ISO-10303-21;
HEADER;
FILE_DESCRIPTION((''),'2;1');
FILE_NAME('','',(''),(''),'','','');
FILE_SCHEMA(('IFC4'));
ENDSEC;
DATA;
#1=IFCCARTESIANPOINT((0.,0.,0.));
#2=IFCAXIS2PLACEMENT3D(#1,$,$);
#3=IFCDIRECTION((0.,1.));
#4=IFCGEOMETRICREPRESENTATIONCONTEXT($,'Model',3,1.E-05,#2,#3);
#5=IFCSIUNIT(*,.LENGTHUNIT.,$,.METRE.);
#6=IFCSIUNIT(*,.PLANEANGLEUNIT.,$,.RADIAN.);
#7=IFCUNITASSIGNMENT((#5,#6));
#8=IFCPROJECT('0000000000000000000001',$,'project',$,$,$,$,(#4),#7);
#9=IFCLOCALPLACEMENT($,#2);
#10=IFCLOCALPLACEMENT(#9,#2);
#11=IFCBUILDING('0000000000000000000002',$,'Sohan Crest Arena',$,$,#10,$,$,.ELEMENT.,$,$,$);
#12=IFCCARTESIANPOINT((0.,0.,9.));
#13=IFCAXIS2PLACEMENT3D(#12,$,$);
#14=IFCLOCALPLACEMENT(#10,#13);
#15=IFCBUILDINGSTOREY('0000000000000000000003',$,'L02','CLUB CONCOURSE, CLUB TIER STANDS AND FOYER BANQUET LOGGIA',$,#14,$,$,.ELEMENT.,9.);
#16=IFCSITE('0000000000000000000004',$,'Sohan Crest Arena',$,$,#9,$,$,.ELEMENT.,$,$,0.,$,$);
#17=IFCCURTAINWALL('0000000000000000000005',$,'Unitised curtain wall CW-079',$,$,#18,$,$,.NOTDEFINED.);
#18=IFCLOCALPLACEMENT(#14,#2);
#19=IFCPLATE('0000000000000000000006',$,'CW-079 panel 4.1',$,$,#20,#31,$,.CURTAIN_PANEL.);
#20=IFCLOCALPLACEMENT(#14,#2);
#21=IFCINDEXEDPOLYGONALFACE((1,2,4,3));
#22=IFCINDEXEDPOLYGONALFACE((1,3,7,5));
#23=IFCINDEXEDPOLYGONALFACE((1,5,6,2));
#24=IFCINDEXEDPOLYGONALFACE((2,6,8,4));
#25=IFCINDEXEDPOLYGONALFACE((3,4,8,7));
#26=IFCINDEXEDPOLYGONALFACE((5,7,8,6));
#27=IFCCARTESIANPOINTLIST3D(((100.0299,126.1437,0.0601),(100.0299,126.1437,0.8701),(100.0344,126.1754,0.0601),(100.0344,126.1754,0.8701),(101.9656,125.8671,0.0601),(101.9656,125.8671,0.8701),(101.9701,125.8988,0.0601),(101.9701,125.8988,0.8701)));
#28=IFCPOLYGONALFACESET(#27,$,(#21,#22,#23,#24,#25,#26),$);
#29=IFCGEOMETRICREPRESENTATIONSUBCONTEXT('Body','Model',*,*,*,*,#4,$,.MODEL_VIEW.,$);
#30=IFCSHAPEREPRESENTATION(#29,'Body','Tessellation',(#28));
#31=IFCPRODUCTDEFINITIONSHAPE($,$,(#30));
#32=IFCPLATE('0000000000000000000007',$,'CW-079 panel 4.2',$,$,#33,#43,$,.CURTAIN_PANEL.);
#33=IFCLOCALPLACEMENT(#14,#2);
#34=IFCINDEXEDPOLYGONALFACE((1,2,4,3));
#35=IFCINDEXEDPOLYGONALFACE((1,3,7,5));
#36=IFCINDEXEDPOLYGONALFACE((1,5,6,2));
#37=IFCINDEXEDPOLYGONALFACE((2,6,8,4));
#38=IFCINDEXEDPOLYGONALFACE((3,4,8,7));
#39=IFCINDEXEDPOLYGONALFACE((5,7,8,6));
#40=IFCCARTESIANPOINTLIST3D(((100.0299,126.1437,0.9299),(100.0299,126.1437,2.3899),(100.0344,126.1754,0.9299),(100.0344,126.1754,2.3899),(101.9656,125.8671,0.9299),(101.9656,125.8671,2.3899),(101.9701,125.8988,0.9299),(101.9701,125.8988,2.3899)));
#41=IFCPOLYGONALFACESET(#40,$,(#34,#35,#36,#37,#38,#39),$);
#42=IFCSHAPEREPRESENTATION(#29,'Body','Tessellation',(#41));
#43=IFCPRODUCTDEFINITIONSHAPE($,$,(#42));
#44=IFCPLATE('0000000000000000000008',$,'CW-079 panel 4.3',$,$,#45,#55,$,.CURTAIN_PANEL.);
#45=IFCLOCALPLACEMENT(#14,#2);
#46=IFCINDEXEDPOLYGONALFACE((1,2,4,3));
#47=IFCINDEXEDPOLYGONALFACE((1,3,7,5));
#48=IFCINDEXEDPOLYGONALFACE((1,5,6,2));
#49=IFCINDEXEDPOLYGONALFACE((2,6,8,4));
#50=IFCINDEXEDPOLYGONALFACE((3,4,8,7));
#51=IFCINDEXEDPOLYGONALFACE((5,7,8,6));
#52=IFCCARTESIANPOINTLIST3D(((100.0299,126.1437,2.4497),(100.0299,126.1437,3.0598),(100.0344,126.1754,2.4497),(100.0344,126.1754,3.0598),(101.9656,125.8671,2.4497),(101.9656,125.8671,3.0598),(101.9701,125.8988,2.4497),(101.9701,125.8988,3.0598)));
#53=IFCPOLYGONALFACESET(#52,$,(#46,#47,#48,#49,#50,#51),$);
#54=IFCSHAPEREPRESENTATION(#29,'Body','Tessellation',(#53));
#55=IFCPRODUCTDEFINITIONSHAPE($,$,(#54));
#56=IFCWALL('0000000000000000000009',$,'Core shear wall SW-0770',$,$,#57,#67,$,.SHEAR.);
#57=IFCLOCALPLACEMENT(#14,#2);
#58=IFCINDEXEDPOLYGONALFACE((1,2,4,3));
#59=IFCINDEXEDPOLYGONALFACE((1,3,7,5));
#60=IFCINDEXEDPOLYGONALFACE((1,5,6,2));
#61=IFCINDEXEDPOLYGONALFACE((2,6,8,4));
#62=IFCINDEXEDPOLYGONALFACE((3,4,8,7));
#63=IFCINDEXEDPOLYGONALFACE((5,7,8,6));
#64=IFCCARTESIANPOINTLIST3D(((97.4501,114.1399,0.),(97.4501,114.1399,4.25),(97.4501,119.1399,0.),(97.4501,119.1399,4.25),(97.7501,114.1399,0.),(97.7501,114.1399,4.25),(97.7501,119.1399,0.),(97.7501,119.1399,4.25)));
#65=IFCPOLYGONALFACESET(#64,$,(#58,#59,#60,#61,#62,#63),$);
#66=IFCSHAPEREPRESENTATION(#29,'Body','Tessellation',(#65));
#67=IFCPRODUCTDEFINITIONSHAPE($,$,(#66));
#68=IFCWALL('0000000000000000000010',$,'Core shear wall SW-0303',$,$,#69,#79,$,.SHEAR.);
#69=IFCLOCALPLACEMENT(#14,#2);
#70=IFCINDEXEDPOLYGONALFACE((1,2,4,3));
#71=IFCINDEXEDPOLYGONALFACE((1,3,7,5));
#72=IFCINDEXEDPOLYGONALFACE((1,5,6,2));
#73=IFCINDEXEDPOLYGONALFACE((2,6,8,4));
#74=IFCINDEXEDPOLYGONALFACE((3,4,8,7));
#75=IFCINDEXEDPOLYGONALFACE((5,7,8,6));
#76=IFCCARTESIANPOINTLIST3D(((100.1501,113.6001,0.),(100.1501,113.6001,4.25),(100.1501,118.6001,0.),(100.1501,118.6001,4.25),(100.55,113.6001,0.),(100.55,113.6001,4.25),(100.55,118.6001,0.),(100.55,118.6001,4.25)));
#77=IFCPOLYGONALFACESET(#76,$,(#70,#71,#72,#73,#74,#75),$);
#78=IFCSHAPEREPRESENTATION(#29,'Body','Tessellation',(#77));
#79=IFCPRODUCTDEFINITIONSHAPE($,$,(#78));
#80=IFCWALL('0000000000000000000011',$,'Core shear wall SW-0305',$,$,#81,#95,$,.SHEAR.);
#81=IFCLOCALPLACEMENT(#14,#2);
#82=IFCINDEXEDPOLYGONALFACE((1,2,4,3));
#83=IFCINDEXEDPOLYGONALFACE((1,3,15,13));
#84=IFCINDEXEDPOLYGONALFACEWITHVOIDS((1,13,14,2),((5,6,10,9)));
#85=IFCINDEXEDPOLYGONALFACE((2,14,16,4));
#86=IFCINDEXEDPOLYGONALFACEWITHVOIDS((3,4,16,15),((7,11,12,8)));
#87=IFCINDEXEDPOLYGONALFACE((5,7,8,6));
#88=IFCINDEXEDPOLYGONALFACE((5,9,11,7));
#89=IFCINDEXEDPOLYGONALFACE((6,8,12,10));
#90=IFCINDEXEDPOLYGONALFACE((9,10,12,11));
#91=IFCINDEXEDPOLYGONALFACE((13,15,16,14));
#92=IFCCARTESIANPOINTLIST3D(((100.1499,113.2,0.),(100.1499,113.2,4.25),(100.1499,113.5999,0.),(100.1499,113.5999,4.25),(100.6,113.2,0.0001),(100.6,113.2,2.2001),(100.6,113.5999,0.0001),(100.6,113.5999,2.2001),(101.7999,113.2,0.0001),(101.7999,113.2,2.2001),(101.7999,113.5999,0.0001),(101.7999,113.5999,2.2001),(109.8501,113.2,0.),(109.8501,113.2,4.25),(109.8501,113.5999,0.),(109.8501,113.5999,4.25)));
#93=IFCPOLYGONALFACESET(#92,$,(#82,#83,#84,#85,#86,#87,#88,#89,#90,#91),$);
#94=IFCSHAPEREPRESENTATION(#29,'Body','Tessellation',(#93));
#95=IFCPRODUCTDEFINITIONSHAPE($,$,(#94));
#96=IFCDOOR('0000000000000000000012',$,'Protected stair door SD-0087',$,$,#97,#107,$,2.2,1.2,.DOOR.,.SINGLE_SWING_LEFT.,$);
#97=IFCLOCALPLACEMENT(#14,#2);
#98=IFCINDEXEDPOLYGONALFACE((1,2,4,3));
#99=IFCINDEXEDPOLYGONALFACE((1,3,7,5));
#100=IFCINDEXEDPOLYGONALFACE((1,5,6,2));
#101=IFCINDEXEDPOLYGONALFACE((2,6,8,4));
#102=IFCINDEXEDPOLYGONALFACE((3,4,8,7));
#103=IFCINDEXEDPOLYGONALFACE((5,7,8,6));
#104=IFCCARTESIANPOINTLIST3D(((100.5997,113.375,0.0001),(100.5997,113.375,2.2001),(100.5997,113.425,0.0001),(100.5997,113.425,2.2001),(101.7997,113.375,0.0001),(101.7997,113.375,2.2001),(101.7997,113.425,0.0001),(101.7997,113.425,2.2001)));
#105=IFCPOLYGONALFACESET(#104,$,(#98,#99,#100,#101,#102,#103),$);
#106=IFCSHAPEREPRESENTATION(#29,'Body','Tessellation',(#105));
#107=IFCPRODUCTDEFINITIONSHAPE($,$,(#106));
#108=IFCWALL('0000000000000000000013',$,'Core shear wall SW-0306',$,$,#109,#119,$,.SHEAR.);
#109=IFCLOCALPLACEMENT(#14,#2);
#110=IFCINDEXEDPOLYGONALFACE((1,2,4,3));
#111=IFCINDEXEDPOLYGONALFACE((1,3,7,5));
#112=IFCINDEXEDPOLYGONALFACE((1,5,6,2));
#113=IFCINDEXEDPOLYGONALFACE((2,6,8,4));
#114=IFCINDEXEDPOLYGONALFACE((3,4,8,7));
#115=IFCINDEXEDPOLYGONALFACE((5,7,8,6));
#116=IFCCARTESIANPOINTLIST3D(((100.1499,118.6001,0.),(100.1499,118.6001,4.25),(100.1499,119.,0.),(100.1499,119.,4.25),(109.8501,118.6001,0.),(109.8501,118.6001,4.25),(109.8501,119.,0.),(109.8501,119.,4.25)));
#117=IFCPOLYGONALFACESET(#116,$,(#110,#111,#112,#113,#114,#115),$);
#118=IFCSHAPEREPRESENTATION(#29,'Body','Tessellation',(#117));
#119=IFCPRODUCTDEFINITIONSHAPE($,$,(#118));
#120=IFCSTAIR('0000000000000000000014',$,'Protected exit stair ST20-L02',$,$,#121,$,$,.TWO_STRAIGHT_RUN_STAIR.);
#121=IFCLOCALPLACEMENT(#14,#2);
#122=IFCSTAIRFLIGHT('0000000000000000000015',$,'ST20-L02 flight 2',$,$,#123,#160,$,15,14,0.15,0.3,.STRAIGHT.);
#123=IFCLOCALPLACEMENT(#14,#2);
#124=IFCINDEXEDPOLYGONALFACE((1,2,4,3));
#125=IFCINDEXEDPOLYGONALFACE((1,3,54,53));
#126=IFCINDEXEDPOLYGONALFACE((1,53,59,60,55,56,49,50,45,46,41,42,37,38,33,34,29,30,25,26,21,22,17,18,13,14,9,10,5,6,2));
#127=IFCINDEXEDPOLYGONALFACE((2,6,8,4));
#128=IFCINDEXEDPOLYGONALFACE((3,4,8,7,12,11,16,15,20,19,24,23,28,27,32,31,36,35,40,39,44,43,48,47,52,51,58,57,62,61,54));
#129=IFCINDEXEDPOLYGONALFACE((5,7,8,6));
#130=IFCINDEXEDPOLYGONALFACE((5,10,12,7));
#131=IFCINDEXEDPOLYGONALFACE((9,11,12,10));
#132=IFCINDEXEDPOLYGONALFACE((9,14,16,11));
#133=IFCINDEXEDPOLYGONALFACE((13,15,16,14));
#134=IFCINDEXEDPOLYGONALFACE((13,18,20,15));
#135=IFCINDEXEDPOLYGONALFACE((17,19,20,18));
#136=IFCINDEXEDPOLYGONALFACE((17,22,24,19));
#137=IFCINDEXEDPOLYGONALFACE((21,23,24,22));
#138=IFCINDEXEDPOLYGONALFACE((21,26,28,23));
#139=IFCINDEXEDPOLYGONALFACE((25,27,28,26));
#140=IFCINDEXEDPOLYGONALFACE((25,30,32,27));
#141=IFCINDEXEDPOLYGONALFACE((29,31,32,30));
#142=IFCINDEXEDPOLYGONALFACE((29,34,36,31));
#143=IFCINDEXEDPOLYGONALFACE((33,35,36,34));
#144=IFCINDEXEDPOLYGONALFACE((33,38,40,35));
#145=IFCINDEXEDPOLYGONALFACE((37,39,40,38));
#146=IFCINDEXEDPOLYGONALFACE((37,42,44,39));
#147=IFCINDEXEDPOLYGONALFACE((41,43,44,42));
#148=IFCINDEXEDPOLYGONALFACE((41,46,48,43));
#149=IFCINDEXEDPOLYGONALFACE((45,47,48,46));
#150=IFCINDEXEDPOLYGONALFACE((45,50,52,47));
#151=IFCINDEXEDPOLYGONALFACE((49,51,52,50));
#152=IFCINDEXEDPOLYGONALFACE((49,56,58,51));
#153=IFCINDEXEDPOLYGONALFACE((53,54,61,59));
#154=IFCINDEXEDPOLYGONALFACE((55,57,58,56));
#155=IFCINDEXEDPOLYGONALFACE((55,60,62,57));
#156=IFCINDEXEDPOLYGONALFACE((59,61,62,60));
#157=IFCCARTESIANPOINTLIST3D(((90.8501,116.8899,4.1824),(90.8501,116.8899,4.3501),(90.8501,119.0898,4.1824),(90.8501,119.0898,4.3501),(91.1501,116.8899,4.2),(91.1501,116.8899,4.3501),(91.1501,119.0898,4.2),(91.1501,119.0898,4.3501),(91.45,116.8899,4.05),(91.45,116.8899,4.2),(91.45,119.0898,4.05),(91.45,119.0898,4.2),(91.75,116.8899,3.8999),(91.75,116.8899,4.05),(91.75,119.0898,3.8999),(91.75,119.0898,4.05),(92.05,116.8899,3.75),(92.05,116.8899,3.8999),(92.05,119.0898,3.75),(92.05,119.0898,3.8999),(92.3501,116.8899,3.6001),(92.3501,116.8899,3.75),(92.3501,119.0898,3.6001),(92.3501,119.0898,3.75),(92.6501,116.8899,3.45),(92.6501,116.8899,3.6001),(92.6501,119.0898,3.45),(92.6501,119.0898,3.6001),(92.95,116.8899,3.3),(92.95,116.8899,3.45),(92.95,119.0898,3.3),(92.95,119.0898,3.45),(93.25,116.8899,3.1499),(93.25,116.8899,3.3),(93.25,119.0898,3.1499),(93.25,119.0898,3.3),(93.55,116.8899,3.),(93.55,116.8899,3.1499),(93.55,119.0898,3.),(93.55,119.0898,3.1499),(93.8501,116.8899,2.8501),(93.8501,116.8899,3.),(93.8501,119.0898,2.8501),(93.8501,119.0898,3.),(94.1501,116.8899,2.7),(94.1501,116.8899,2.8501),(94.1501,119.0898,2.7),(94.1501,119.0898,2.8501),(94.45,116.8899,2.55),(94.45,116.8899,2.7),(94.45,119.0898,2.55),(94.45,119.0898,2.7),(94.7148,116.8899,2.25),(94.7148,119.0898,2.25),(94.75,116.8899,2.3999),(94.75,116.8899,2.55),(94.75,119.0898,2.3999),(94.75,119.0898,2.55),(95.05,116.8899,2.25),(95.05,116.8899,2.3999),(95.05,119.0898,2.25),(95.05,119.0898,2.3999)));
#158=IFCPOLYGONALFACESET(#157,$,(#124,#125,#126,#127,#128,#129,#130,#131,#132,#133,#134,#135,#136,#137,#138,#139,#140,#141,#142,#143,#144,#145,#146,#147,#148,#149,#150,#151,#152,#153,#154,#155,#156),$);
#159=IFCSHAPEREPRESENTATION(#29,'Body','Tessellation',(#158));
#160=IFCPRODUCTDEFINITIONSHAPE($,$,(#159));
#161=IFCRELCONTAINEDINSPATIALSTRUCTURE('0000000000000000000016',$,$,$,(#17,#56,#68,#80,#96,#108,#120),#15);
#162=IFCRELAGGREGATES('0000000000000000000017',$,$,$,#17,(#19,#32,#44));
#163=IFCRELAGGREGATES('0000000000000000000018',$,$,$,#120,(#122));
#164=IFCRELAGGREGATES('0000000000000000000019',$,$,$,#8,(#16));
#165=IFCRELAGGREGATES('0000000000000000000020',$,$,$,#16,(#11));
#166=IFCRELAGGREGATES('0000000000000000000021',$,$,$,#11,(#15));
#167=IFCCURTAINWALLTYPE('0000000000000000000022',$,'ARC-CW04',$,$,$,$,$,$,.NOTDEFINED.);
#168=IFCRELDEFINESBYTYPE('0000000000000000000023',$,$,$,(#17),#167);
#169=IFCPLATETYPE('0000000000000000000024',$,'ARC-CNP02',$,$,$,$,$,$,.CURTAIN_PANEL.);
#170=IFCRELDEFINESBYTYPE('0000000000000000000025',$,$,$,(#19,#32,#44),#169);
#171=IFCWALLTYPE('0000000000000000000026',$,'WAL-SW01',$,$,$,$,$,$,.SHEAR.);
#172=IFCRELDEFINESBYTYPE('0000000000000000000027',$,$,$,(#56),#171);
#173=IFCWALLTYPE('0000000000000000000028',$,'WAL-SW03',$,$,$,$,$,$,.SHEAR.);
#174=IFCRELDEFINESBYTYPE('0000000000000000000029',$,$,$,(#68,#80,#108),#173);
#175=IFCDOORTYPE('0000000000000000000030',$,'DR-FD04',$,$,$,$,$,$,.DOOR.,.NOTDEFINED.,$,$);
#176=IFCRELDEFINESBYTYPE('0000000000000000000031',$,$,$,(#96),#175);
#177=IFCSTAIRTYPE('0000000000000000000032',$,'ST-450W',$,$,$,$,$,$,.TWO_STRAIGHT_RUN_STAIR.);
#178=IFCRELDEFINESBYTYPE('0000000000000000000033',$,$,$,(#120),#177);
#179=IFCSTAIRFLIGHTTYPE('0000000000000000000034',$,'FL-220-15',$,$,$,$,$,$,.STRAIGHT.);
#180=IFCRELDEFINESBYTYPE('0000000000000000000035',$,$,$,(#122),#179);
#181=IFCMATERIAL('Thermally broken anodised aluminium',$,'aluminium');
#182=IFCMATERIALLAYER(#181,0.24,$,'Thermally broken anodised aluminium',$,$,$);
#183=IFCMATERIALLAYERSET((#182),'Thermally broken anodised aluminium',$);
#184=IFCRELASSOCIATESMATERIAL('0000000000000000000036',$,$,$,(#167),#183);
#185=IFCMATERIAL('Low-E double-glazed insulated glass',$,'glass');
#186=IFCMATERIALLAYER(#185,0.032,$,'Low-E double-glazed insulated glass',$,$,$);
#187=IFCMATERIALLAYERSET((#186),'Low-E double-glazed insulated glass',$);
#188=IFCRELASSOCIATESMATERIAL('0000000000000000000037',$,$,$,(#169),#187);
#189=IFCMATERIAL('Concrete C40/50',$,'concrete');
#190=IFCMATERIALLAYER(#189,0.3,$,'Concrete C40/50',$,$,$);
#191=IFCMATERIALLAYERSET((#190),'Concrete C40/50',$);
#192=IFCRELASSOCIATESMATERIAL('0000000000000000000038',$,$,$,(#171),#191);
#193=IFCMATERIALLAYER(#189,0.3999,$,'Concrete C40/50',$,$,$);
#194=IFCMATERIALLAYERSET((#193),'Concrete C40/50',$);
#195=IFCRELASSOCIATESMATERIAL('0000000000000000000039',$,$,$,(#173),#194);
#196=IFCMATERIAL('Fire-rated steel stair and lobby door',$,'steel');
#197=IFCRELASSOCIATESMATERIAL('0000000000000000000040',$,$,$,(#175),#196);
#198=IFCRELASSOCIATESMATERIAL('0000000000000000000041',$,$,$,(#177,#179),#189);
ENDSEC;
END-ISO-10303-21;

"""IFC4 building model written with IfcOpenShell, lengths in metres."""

from ifc_helpers import new_model, si_unit, direction, frame, frame_2d, origin, origin_2d, place, context, subcontext, project, spatial, polyline, rectangle, outline, extrude, material, layer, layer_set, type_object, element, fill, aggregate, save


model = new_model("IFC4")

# Units and contexts
model_context = context("Model", 3, precision=1e-05, world=origin(), true_north=direction((0.0, 1.0)))
body_context = subcontext(model_context, "Body", "Model", "MODEL_VIEW")
ifc_project = project(units=[si_unit("LENGTHUNIT", "METRE"), si_unit("PLANEANGLEUNIT", "RADIAN")], contexts=[model_context])

# Site, building, storey
site_placement = place(None, origin())
site = spatial("IfcSite", under=ifc_project, at=site_placement, Name="Sohan Crest Arena", CompositionType="ELEMENT", RefElevation=0.0)
building_placement = place(site_placement, origin())
building = spatial("IfcBuilding", under=site, at=building_placement, Name="Sohan Crest Arena", CompositionType="ELEMENT")
storey_placement = place(building_placement, frame((0.0, 0.0, 9.0)))
storey = spatial("IfcBuildingStorey", under=building, at=storey_placement, Name="L02", Description="CLUB CONCOURSE, CLUB TIER STANDS AND FOYER BANQUET LOGGIA", CompositionType="ELEMENT", Elevation=9.0)

# Shared definitions
ifc_material_1 = material(Name="Thermally broken anodised aluminium", Category="aluminium")

# Shared definitions
ifc_material_2 = material(Name="Low-E double-glazed insulated glass", Category="glass")

# Curtain wall, plates
ifc_layer_1 = layer(ifc_material_1, 0.24, Name="Thermally broken anodised aluminium")
ifc_layer_set_1 = layer_set([ifc_layer_1], Name="Thermally broken anodised aluminium")
curtain_wall_type_1 = type_object("IfcCurtainWallType", Name="ARC-CW04", PredefinedType="NOTDEFINED", material=ifc_layer_set_1)
curtain_wall_1_placement = place(storey_placement, origin())
curtain_wall_1 = element("IfcCurtainWall", 1, at=curtain_wall_1_placement, inside=storey, type_object=curtain_wall_type_1, Name="Unitised curtain wall CW-079", PredefinedType="NOTDEFINED")
ifc_layer_2 = layer(ifc_material_2, 0.032, Name="Low-E double-glazed insulated glass")
ifc_layer_set_2 = layer_set([ifc_layer_2], Name="Low-E double-glazed insulated glass")
plate_type_1 = type_object("IfcPlateType", Name="ARC-CNP02", PredefinedType="CURTAIN_PANEL", material=ifc_layer_set_2)
plate_1_placement = place(storey_placement, frame((101.0, 126.0212, 0.0601), z_axis=(0.0, 0.0, 1.0), x_axis=(-0.989944, 0.141463, 0.0)))
plate_1 = element("IfcPlate", 2, at=plate_1_placement, type_object=plate_type_1, Name="CW-079 panel 4.1", PredefinedType="CURTAIN_PANEL", context=body_context, shape_type="SweptSolid", body=[
    extrude(rectangle(XDim=1.9553, YDim=0.032, at=origin_2d()), origin(), (0.0, 0.0, 1.0), 0.8101),
])
plate_2_placement = place(storey_placement, frame((101.0, 126.0212, 0.9299), z_axis=(0.0, 0.0, 1.0), x_axis=(-0.989944, 0.141463, 0.0)))
plate_2 = element("IfcPlate", 3, at=plate_2_placement, type_object=plate_type_1, Name="CW-079 panel 4.2", PredefinedType="CURTAIN_PANEL", context=body_context, shape_type="SweptSolid", body=[
    extrude(rectangle(XDim=1.9553, YDim=0.032, at=origin_2d()), origin(), (0.0, 0.0, 1.0), 1.46),
])
plate_3_placement = place(storey_placement, frame((101.0, 126.0212, 2.4497), z_axis=(0.0, 0.0, 1.0), x_axis=(-0.989944, 0.141463, 0.0)))
plate_3 = element("IfcPlate", 4, at=plate_3_placement, type_object=plate_type_1, Name="CW-079 panel 4.3", PredefinedType="CURTAIN_PANEL", context=body_context, shape_type="SweptSolid", body=[
    extrude(rectangle(XDim=1.9553, YDim=0.032, at=origin_2d()), origin(), (0.0, 0.0, 1.0), 0.6101),
])
aggregate(curtain_wall_1, [plate_1, plate_2, plate_3])

# Walls
ifc_material_3 = material(Name="Concrete C40/50", Category="concrete")
ifc_layer_3 = layer(ifc_material_3, 0.3, Name="Concrete C40/50")
ifc_layer_set_3 = layer_set([ifc_layer_3], Name="Concrete C40/50")
wall_type_1 = type_object("IfcWallType", Name="WAL-SW01", PredefinedType="SHEAR", material=ifc_layer_set_3)
wall_1_placement = place(storey_placement, frame((97.6001, 114.1399, 0.0), z_axis=(0.0, 0.0, 1.0), x_axis=(0.0, 1.0, 0.0)))
element("IfcWall", 5, at=wall_1_placement, inside=storey, type_object=wall_type_1, Name="Core shear wall SW-0770", PredefinedType="SHEAR", context=body_context, shape_type="SweptSolid", body=[
    extrude(rectangle(XDim=5.0, YDim=0.3, at=frame_2d((2.5, 0.0))), origin(), (0.0, 0.0, 1.0), 4.25),
])
ifc_layer_4 = layer(ifc_material_3, 0.3999, Name="Concrete C40/50")
ifc_layer_set_4 = layer_set([ifc_layer_4], Name="Concrete C40/50")
wall_type_2 = type_object("IfcWallType", Name="WAL-SW03", PredefinedType="SHEAR", material=ifc_layer_set_4)
wall_2_placement = place(storey_placement, frame((100.3501, 113.6001, 0.0), z_axis=(0.0, 0.0, 1.0), x_axis=(0.0, 1.0, 0.0)))
element("IfcWall", 6, at=wall_2_placement, inside=storey, type_object=wall_type_2, Name="Core shear wall SW-0303", PredefinedType="SHEAR", context=body_context, shape_type="SweptSolid", body=[
    extrude(rectangle(XDim=5.0, YDim=0.3999, at=frame_2d((2.5, 0.0))), origin(), (0.0, 0.0, 1.0), 4.25),
])

# Wall, opening, door
wall_3_placement = place(storey_placement, frame((100.1499, 113.3999, 0.0), z_axis=(0.0, 0.0, 1.0), x_axis=(1.0, 0.0, 0.0)))
wall_3 = element("IfcWall", 7, at=wall_3_placement, inside=storey, type_object=wall_type_2, Name="Core shear wall SW-0305", PredefinedType="SHEAR", context=body_context, shape_type="SweptSolid", body=[
    extrude(rectangle(XDim=9.7002, YDim=0.3999, at=frame_2d((4.8501, 0.0))), origin(), (0.0, 0.0, 1.0), 4.25),
])
opening_placement = place(wall_3_placement, frame((0.45, 0.0, 0.0)))
opening = element("IfcOpeningElement", 8, at=opening_placement, cuts=wall_3, PredefinedType="OPENING", context=body_context, shape_type="SweptSolid", body=[
    extrude(rectangle(XDim=1.2, YDim=2.2, at=frame_2d((0.6001, 1.1001))), frame((0.0, 0.21, 0.0), z_axis=(0.0, -1.0, 0.0), x_axis=(1.0, 0.0, 0.0)), (0.0, 0.0, 1.0), 0.4199),
])
ifc_material_4 = material(Name="Fire-rated steel stair and lobby door", Category="steel")
door_type = type_object("IfcDoorType", Name="DR-FD04", OperationType="NOTDEFINED", PredefinedType="DOOR", material=ifc_material_4)
door_placement = place(opening_placement, frame((1.2, 0.0, 0.0), z_axis=(0.0, 0.0, 1.0), x_axis=(-1.0, 0.0, 0.0)))
door = element("IfcDoor", 9, at=door_placement, inside=storey, type_object=door_type, Name="Protected stair door SD-0087", OperationType="SINGLE_SWING_LEFT", OverallHeight=2.2, OverallWidth=1.2, PredefinedType="DOOR", context=body_context, shape_type="SweptSolid", body=[
    extrude(rectangle(XDim=1.2, YDim=2.2, at=frame_2d((0.6001, 1.1001))), frame((0.0, 0.0249, 0.0), z_axis=(0.0, -1.0, 0.0), x_axis=(1.0, 0.0, 0.0)), (0.0, 0.0, 1.0), 0.05),
])
fill(opening, door)

# Wall
wall_4_placement = place(storey_placement, frame((100.1499, 118.8, 0.0), z_axis=(0.0, 0.0, 1.0), x_axis=(1.0, 0.0, 0.0)))
element("IfcWall", 10, at=wall_4_placement, inside=storey, type_object=wall_type_2, Name="Core shear wall SW-0306", PredefinedType="SHEAR", context=body_context, shape_type="SweptSolid", body=[
    extrude(rectangle(XDim=9.7002, YDim=0.3999, at=frame_2d((4.8501, 0.0))), origin(), (0.0, 0.0, 1.0), 4.25),
])

# Stair, stair flight
stair_type = type_object("IfcStairType", Name="ST-450W", PredefinedType="TWO_STRAIGHT_RUN_STAIR", material=ifc_material_3)
stair_placement = place(storey_placement, origin())
stair = element("IfcStair", 11, at=stair_placement, inside=storey, type_object=stair_type, Name="Protected exit stair ST20-L02", PredefinedType="TWO_STRAIGHT_RUN_STAIR")
stair_flight_type = type_object("IfcStairFlightType", Name="FL-220-15", PredefinedType="STRAIGHT", material=ifc_material_3)
stair_flight_placement = place(storey_placement, frame((95.05, 117.99, 2.25), z_axis=(0.0, 0.0, 1.0), x_axis=(-1.0, 0.0, 0.0)))
stair_flight = element("IfcStairFlight", 12, at=stair_flight_placement, type_object=stair_flight_type, Name="ST20-L02 flight 2", NumberOfRisers=15, NumberOfTreads=14, PredefinedType="STRAIGHT", RiserHeight=0.15, TreadLength=0.3, context=body_context, shape_type="SweptSolid", body=[
    extrude(outline(polyline([(0.0, 0.0), (0.0, 0.1499), (0.3, 0.1499), (0.3, 0.3), (0.6001, 0.3), (0.6001, 0.45), (0.8999, 0.45), (0.8999, 0.6001), (1.2, 0.6001), (1.2, 0.75), (1.5, 0.75), (1.5, 0.8999), (1.8, 0.8999), (1.8, 1.05), (2.1001, 1.05), (2.1001, 1.2), (2.3999, 1.2), (2.3999, 1.3501), (2.7, 1.3501), (2.7, 1.5), (3.0, 1.5), (3.0, 1.6499), (3.3, 1.6499), (3.3, 1.8), (3.6001, 1.8), (3.6001, 1.95), (3.8999, 1.95), (3.8999, 2.1001), (4.2, 2.1001), (4.2, 2.25), (4.2, 1.9324), (0.3352, 0.0), (0.0, 0.0)])), frame((0.0, 1.1001, 0.0), z_axis=(0.0, -1.0, 0.0), x_axis=(1.0, 0.0, 0.0)), (0.0, 0.0, 1.0), 2.2),
])
aggregate(stair, [stair_flight])

save(model, "model.ifc")
